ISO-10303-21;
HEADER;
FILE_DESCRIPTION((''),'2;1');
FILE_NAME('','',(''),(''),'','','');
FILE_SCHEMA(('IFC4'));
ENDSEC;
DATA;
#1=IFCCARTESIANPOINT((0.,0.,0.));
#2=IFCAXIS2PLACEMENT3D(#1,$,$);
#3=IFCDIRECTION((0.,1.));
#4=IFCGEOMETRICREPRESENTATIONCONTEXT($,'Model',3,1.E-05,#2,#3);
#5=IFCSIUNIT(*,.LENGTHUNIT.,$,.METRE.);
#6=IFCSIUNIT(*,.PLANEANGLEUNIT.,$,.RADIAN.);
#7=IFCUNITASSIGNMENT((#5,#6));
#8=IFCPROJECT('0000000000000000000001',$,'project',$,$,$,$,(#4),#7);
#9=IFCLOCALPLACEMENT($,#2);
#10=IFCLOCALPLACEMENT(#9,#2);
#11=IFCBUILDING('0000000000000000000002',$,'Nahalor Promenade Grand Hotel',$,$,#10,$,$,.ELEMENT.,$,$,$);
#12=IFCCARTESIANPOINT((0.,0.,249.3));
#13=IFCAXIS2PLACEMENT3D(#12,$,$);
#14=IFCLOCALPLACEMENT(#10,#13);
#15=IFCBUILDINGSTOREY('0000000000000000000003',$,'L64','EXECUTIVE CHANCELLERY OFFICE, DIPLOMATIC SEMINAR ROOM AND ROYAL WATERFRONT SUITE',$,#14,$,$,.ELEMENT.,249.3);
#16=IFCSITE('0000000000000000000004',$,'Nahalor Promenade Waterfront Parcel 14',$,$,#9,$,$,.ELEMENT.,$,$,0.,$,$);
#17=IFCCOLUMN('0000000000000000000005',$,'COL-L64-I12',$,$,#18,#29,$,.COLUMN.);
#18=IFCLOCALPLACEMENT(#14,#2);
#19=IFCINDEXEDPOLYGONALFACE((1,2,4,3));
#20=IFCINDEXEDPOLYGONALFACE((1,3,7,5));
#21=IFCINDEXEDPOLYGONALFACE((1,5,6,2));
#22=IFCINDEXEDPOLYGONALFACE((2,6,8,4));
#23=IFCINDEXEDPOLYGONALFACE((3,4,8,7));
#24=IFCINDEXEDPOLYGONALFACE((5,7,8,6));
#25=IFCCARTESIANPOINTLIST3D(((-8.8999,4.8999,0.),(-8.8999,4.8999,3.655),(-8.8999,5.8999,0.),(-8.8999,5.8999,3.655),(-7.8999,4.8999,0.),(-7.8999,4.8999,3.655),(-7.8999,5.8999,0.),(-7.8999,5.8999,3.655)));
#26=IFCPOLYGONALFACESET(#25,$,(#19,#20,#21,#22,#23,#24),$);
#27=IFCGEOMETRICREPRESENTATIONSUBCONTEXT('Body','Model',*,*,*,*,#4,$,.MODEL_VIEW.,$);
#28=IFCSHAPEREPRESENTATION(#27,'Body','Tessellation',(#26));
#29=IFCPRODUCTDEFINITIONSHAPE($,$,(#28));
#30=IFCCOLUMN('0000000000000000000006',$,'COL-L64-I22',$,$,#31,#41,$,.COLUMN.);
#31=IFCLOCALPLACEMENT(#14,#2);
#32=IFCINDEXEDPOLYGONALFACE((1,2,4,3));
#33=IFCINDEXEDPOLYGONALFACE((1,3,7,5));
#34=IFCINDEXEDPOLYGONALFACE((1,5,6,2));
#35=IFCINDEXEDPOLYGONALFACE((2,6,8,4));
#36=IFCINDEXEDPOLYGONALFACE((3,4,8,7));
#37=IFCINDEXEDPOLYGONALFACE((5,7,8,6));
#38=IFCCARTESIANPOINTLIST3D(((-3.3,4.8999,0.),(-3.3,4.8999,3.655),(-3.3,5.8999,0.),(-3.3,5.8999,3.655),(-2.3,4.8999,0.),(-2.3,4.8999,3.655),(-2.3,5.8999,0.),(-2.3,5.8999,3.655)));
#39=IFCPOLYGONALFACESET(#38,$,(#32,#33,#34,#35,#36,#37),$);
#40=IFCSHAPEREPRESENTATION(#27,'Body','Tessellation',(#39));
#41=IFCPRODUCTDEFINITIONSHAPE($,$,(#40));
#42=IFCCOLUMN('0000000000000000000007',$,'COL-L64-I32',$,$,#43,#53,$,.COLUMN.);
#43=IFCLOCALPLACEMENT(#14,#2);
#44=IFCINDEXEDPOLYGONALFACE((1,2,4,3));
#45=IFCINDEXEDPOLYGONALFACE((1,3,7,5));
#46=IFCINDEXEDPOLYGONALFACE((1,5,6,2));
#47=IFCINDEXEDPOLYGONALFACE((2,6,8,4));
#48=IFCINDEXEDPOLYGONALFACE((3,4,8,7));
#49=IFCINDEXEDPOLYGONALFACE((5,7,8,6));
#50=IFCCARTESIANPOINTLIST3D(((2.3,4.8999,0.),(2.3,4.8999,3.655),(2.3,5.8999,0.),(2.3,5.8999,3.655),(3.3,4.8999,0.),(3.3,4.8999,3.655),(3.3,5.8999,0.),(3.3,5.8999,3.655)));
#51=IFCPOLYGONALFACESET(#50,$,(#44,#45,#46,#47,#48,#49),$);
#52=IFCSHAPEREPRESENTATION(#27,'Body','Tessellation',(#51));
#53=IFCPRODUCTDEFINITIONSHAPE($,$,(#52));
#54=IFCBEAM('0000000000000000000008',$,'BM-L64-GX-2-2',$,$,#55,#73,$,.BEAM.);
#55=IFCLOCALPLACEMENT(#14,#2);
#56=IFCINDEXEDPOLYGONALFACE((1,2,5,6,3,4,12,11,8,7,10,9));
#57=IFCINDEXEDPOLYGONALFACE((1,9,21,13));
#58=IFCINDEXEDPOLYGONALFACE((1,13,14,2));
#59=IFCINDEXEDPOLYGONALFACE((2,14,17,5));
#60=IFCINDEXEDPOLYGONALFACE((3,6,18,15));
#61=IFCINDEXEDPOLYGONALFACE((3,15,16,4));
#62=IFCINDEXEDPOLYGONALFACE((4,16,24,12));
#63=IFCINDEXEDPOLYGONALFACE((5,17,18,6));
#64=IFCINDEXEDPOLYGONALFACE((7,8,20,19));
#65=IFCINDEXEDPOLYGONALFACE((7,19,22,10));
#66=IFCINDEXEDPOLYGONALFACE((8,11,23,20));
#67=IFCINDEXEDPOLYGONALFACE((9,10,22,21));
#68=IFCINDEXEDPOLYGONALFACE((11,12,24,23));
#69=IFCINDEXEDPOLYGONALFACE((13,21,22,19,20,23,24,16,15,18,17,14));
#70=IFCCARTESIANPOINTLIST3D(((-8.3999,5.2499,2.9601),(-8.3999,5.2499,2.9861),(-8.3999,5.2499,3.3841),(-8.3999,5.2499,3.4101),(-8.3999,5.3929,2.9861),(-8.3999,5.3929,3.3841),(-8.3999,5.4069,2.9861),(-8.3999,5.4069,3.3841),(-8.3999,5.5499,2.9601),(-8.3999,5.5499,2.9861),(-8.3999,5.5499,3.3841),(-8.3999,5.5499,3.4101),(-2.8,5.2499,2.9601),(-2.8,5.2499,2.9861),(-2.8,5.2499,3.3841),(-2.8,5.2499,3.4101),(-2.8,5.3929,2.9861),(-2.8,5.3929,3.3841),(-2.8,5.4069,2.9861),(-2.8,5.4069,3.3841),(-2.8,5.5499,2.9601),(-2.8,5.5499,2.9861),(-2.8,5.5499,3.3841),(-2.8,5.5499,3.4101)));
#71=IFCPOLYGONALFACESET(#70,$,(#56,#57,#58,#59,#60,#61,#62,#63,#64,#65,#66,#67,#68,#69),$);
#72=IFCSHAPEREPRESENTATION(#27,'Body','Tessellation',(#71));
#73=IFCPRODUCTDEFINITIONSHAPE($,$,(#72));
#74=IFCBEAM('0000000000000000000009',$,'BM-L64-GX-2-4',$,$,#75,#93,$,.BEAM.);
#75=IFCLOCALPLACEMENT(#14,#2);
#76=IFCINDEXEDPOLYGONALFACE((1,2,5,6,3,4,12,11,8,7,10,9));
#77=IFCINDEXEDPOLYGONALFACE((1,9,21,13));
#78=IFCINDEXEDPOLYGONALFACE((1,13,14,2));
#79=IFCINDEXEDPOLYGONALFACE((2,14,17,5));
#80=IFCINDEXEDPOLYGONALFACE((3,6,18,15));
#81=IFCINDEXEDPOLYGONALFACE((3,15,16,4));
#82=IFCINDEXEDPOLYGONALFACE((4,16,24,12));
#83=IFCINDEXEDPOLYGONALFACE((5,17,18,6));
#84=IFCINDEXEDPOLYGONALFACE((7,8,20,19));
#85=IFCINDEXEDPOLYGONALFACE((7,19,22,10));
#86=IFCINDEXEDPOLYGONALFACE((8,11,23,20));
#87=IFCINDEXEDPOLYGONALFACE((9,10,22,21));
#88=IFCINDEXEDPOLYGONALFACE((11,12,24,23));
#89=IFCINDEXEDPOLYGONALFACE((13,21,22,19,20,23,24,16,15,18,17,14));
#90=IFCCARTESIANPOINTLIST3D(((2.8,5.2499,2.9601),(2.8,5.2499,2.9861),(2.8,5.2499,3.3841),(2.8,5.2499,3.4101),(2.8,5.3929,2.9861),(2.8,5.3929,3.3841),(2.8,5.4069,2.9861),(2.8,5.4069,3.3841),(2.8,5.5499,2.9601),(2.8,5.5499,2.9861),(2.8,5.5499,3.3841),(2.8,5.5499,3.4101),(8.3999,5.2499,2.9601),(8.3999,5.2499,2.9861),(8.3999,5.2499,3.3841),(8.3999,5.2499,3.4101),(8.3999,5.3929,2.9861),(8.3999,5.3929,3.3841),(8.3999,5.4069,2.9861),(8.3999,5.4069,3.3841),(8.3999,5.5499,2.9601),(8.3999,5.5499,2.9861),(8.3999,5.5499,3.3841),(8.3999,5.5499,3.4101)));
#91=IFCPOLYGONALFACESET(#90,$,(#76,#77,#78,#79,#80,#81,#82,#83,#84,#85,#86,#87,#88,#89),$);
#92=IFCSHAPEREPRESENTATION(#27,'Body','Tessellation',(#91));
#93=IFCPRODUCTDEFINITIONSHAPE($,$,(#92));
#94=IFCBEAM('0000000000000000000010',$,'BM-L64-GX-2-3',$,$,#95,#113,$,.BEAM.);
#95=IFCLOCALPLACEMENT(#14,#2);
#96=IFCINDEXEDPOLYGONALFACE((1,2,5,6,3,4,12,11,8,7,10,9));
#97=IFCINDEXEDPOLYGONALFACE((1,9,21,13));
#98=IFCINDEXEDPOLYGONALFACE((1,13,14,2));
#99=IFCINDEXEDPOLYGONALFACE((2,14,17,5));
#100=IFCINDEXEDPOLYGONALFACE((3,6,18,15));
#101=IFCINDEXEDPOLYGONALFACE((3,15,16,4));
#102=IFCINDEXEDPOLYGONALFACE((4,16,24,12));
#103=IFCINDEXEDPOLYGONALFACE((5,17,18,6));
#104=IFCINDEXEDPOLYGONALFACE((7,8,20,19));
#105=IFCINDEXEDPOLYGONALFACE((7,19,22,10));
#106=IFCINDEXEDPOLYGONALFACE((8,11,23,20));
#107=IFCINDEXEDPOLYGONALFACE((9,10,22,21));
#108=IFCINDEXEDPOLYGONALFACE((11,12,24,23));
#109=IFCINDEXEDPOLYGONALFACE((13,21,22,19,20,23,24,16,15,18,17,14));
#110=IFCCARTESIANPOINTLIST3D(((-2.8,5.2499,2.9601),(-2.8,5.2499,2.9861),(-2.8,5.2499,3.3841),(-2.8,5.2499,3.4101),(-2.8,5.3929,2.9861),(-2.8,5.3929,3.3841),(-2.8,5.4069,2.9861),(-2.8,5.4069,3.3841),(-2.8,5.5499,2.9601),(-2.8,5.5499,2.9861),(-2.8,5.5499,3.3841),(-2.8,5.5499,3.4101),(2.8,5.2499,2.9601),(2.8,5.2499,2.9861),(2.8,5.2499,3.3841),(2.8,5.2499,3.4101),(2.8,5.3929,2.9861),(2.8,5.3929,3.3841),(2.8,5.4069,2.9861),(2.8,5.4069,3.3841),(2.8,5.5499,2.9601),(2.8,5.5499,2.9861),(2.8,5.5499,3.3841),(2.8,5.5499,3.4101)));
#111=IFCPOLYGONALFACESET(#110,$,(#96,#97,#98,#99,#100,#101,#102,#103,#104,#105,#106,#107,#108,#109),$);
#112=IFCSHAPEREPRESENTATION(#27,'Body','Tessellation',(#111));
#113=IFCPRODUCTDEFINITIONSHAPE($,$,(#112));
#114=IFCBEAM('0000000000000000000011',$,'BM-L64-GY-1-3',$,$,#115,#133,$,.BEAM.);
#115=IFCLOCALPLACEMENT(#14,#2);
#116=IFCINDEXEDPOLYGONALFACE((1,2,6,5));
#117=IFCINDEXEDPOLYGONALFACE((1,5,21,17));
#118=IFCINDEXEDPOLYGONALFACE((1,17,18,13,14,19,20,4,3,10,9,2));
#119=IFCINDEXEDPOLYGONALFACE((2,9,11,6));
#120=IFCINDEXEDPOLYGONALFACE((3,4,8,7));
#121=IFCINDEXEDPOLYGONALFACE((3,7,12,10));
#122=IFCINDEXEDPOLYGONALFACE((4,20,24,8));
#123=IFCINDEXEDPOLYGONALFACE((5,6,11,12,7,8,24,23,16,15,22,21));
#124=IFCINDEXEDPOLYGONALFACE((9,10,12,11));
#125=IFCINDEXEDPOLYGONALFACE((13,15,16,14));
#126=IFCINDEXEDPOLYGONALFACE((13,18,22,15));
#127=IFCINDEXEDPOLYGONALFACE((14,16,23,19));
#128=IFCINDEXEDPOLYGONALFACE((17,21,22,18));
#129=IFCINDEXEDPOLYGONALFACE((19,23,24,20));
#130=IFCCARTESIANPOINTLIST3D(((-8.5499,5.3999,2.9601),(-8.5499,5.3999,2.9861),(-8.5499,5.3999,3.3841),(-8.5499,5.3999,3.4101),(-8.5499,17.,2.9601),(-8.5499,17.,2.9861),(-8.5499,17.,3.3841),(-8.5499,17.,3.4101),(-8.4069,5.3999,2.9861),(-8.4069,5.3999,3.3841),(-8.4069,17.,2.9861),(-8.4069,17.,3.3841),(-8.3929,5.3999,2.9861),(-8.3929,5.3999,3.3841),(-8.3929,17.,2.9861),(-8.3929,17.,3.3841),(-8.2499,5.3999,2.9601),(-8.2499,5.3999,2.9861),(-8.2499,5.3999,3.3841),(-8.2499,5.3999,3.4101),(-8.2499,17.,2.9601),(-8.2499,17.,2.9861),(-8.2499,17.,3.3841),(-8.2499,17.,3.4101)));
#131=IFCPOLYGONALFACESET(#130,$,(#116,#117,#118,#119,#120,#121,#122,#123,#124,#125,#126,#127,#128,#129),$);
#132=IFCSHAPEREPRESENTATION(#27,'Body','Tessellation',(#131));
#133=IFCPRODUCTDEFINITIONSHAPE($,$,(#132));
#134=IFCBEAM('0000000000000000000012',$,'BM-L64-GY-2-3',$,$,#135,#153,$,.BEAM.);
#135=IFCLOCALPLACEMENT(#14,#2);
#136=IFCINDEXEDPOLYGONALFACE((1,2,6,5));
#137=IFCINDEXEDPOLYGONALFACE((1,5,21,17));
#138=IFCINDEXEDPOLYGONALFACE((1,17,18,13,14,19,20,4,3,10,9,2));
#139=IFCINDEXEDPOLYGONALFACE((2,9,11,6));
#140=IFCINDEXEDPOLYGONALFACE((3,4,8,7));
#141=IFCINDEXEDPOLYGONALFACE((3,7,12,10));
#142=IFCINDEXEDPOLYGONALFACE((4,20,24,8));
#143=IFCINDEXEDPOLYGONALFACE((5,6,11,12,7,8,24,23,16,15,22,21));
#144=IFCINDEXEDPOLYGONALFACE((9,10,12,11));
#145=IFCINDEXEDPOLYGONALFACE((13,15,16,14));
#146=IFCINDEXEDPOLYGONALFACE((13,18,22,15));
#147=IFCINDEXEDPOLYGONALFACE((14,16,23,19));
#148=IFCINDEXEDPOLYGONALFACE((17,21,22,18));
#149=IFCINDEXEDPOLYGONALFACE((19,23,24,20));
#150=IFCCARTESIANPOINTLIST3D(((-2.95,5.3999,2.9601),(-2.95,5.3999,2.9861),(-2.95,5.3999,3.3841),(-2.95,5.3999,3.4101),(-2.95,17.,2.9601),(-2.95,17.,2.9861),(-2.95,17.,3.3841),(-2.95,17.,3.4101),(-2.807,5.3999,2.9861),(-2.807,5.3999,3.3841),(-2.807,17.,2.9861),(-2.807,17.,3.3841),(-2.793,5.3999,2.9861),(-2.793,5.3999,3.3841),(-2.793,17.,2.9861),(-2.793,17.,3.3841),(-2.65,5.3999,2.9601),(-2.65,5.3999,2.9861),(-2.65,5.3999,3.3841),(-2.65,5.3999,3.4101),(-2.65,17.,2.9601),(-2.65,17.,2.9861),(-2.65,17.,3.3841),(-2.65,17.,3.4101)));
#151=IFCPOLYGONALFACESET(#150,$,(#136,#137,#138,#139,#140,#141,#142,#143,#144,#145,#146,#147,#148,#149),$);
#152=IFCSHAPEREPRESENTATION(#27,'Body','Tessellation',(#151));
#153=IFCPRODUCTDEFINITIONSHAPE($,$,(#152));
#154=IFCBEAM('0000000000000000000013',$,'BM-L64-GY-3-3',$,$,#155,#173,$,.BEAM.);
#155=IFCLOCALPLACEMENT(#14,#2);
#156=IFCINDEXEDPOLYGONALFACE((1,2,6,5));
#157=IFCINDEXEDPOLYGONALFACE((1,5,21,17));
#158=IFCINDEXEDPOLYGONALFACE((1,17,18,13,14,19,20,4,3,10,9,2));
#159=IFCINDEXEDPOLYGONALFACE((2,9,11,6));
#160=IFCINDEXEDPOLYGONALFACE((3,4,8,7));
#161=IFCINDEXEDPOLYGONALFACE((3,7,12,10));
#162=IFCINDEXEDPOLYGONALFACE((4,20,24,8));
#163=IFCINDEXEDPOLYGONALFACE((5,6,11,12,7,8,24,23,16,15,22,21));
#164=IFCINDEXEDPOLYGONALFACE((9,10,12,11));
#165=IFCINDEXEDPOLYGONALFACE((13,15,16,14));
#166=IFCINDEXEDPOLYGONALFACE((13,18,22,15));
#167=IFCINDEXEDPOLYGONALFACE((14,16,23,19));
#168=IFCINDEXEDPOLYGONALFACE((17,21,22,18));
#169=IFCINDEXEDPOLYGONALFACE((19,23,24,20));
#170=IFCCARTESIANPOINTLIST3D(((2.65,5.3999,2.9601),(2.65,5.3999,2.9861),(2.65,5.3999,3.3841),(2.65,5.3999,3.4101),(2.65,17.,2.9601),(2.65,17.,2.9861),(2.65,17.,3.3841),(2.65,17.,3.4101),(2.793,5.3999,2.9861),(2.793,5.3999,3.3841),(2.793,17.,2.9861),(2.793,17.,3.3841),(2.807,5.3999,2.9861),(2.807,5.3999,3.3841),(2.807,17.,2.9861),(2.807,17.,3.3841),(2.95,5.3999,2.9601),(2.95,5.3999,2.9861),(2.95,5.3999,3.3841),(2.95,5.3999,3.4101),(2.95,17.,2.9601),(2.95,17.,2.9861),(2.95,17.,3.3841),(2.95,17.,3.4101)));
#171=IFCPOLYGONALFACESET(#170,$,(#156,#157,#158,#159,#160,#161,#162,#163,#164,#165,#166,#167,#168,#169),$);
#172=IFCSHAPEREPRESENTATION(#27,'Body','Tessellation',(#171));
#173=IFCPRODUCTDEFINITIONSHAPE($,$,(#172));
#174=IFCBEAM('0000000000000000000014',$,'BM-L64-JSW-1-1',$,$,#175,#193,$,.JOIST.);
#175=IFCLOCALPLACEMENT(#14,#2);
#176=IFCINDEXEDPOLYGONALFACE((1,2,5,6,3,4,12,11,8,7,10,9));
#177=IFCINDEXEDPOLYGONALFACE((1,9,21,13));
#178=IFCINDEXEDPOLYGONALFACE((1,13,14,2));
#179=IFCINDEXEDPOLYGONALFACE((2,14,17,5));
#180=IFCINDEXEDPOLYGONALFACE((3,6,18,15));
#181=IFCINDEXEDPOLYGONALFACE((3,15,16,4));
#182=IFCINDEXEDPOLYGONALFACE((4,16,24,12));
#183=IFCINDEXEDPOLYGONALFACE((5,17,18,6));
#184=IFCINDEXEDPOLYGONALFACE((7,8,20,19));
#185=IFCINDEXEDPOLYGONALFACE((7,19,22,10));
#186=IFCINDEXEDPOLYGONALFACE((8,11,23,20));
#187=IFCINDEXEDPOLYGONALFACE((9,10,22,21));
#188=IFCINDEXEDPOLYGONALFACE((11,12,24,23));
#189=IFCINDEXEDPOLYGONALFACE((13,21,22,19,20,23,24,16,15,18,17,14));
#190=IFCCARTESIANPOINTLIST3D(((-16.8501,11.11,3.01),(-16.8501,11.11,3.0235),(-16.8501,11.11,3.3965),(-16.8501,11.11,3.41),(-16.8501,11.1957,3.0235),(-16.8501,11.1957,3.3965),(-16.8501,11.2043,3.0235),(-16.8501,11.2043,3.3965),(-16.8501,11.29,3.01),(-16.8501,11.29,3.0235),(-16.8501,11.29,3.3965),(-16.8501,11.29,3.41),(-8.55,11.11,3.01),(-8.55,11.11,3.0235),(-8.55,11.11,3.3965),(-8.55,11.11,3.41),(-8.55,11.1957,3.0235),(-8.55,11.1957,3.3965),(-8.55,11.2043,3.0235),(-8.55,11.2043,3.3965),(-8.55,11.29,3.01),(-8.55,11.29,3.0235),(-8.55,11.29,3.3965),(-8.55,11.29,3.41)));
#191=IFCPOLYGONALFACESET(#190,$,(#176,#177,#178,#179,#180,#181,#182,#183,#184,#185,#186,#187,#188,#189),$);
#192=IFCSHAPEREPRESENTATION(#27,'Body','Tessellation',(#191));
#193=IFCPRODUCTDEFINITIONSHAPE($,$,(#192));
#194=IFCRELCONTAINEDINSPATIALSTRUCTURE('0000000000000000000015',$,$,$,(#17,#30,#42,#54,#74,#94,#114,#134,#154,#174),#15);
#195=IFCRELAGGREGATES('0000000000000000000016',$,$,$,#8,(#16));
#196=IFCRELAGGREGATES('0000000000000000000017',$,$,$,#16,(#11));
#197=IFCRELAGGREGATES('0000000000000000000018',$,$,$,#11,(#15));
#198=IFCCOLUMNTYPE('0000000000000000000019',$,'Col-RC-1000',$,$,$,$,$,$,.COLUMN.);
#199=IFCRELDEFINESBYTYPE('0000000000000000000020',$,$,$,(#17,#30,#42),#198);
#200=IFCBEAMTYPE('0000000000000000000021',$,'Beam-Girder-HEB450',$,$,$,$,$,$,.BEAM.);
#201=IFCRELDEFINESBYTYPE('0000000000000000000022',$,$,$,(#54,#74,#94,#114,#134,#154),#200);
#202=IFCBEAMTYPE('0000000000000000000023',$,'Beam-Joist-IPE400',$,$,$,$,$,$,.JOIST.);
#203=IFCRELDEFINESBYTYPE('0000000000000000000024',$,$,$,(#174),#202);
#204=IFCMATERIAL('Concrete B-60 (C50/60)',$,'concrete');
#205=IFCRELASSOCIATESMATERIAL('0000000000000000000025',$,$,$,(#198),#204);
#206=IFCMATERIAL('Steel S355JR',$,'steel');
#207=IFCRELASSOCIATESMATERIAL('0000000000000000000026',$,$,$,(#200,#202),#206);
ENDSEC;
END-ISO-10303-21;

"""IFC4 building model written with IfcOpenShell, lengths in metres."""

from ifc_helpers import new_model, si_unit, direction, frame, origin, origin_2d, place, context, subcontext, project, spatial, rectangle, i_section, extrude, source, transform, mapped, material, material_profile, profile_set, type_object, element, save


model = new_model("IFC4")

# Units and contexts
model_context = context("Model", 3, precision=1e-05, world=origin(), true_north=direction((0.0, 1.0)))
body_context = subcontext(model_context, "Body", "Model", "MODEL_VIEW")
ifc_project = project(units=[si_unit("LENGTHUNIT", "METRE"), si_unit("PLANEANGLEUNIT", "RADIAN")], contexts=[model_context])

# Site, building, storey
site_placement = place(None, origin())
site = spatial("IfcSite", under=ifc_project, at=site_placement, Name="Nahalor Promenade Waterfront Parcel 14", CompositionType="ELEMENT", RefElevation=0.0)
building_placement = place(site_placement, origin())
building = spatial("IfcBuilding", under=site, at=building_placement, Name="Nahalor Promenade Grand Hotel", CompositionType="ELEMENT")
storey_placement = place(building_placement, frame((0.0, 0.0, 249.3)))
storey = spatial("IfcBuildingStorey", under=building, at=storey_placement, Name="L64", Description="EXECUTIVE CHANCELLERY OFFICE, DIPLOMATIC SEMINAR ROOM AND ROYAL WATERFRONT SUITE", CompositionType="ELEMENT", Elevation=249.3)

# Columns
ifc_material_1 = material(Name="Concrete B-60 (C50/60)", Category="concrete")
ifc_material_profile_1 = material_profile(ifc_material_1, rectangle(XDim=1.0, YDim=1.0, at=origin_2d()), Name="RC 1000x1000")
ifc_profile_set_1 = profile_set([ifc_material_profile_1], Name="Concrete B-60 (C50/60)")
column_type = type_object("IfcColumnType", Name="Col-RC-1000", PredefinedType="COLUMN", material=ifc_profile_set_1)
shared_shape_1 = source(origin(), body_context, "Body", "SweptSolid", [
    extrude(rectangle(XDim=1.0, YDim=1.0, at=origin_2d()), origin(), (0.0, 0.0, 1.0), 3.655),
])
for number, where, z_axis, x_axis, name in (
    (1, (-8.3999, 5.3999, 0.0), (0.0, 0.0, 1.0), (1.0, 0.0, 0.0), "COL-L64-I12"),
    (2, (-2.8, 5.3999, 0.0), (0.0, 0.0, 1.0), (1.0, 0.0, 0.0), "COL-L64-I22"),
    (3, (2.8, 5.3999, 0.0), (0.0, 0.0, 1.0), (1.0, 0.0, 0.0), "COL-L64-I32"),
):
    element("IfcColumn", number, at=place(storey_placement, frame(where, z_axis=z_axis, x_axis=x_axis)), inside=storey, type_object=column_type, Name=name, PredefinedType="COLUMN", context=body_context, shape_type="MappedRepresentation", body=[
        mapped(shared_shape_1, transform((0.0, 0.0, 0.0), scale=1.0)),
    ])

# Beams
ifc_material_2 = material(Name="Steel S355JR", Category="steel")
ifc_material_profile_2 = material_profile(ifc_material_2, i_section(OverallWidth=0.3, OverallDepth=0.45, WebThickness=0.014, FlangeThickness=0.026, at=origin_2d()), Name="HEB 450")
ifc_profile_set_2 = profile_set([ifc_material_profile_2], Name="Steel S355JR")
beam_type_1 = type_object("IfcBeamType", Name="Beam-Girder-HEB450", PredefinedType="BEAM", material=ifc_profile_set_2)
shared_shape_2 = source(origin(), body_context, "Body", "SweptSolid", [
    extrude(i_section(OverallWidth=0.3, OverallDepth=0.45, WebThickness=0.014, FlangeThickness=0.026, at=origin_2d()), origin(), (0.0, 0.0, 1.0), 5.5999),
])
for number, where, z_axis, x_axis, name in (
    (4, (-8.3999, 5.3999, 3.1851), (1.0, 0.0, 0.0), (0.0, 1.0, 0.0), "BM-L64-GX-2-2"),
    (5, (2.8, 5.3999, 3.1851), (1.0, 0.0, 0.0), (0.0, 1.0, 0.0), "BM-L64-GX-2-4"),
):
    element("IfcBeam", number, at=place(storey_placement, frame(where, z_axis=z_axis, x_axis=x_axis)), inside=storey, type_object=beam_type_1, Name=name, PredefinedType="BEAM", context=body_context, shape_type="MappedRepresentation", body=[
        mapped(shared_shape_2, transform((0.0, 0.0, 0.0), scale=1.0)),
    ])
shared_shape_3 = source(origin(), body_context, "Body", "SweptSolid", [
    extrude(i_section(OverallWidth=0.3, OverallDepth=0.45, WebThickness=0.014, FlangeThickness=0.026, at=origin_2d()), origin(), (0.0, 0.0, 1.0), 5.6001),
])
beam_placement = place(storey_placement, frame((-2.8, 5.3999, 3.1851), z_axis=(1.0, 0.0, 0.0), x_axis=(0.0, 1.0, 0.0)))
element("IfcBeam", 6, at=beam_placement, inside=storey, type_object=beam_type_1, Name="BM-L64-GX-2-3", PredefinedType="BEAM", context=body_context, shape_type="MappedRepresentation", body=[
    mapped(shared_shape_3, transform((0.0, 0.0, 0.0), scale=1.0)),
])
shared_shape_4 = source(origin(), body_context, "Body", "SweptSolid", [
    extrude(i_section(OverallWidth=0.3, OverallDepth=0.45, WebThickness=0.014, FlangeThickness=0.026, at=origin_2d()), origin(), (0.0, 0.0, 1.0), 11.6001),
])
for number, where, z_axis, x_axis, name in (
    (7, (-8.3999, 5.3999, 3.1851), (0.0, 1.0, 0.0), (-1.0, 0.0, 0.0), "BM-L64-GY-1-3"),
    (8, (-2.8, 5.3999, 3.1851), (0.0, 1.0, 0.0), (-1.0, 0.0, 0.0), "BM-L64-GY-2-3"),
    (9, (2.8, 5.3999, 3.1851), (0.0, 1.0, 0.0), (-1.0, 0.0, 0.0), "BM-L64-GY-3-3"),
):
    element("IfcBeam", number, at=place(storey_placement, frame(where, z_axis=z_axis, x_axis=x_axis)), inside=storey, type_object=beam_type_1, Name=name, PredefinedType="BEAM", context=body_context, shape_type="MappedRepresentation", body=[
        mapped(shared_shape_4, transform((0.0, 0.0, 0.0), scale=1.0)),
    ])
ifc_material_profile_3 = material_profile(ifc_material_2, i_section(OverallWidth=0.18, OverallDepth=0.4, WebThickness=0.0086, FlangeThickness=0.0135, at=origin_2d()), Name="IPE 400")
ifc_profile_set_3 = profile_set([ifc_material_profile_3], Name="Steel S355JR")
beam_type_2 = type_object("IfcBeamType", Name="Beam-Joist-IPE400", PredefinedType="JOIST", material=ifc_profile_set_3)
shared_shape_5 = source(origin(), body_context, "Body", "SweptSolid", [
    extrude(i_section(OverallWidth=0.18, OverallDepth=0.4, WebThickness=0.0086, FlangeThickness=0.0135, at=origin_2d()), origin(), (0.0, 0.0, 1.0), 8.3),
])
for number, where, z_axis, x_axis, name in (
    (10, (-16.8501, 11.2, 3.21), (1.0, 0.0, 0.0), (0.0, 1.0, 0.0), "BM-L64-JSW-1-1"),
):
    element("IfcBeam", number, at=place(storey_placement, frame(where, z_axis=z_axis, x_axis=x_axis)), inside=storey, type_object=beam_type_2, Name=name, PredefinedType="JOIST", context=body_context, shape_type="MappedRepresentation", body=[
        mapped(shared_shape_5, transform((0.0, 0.0, 0.0), scale=1.0)),
    ])

save(model, "model.ifc")
